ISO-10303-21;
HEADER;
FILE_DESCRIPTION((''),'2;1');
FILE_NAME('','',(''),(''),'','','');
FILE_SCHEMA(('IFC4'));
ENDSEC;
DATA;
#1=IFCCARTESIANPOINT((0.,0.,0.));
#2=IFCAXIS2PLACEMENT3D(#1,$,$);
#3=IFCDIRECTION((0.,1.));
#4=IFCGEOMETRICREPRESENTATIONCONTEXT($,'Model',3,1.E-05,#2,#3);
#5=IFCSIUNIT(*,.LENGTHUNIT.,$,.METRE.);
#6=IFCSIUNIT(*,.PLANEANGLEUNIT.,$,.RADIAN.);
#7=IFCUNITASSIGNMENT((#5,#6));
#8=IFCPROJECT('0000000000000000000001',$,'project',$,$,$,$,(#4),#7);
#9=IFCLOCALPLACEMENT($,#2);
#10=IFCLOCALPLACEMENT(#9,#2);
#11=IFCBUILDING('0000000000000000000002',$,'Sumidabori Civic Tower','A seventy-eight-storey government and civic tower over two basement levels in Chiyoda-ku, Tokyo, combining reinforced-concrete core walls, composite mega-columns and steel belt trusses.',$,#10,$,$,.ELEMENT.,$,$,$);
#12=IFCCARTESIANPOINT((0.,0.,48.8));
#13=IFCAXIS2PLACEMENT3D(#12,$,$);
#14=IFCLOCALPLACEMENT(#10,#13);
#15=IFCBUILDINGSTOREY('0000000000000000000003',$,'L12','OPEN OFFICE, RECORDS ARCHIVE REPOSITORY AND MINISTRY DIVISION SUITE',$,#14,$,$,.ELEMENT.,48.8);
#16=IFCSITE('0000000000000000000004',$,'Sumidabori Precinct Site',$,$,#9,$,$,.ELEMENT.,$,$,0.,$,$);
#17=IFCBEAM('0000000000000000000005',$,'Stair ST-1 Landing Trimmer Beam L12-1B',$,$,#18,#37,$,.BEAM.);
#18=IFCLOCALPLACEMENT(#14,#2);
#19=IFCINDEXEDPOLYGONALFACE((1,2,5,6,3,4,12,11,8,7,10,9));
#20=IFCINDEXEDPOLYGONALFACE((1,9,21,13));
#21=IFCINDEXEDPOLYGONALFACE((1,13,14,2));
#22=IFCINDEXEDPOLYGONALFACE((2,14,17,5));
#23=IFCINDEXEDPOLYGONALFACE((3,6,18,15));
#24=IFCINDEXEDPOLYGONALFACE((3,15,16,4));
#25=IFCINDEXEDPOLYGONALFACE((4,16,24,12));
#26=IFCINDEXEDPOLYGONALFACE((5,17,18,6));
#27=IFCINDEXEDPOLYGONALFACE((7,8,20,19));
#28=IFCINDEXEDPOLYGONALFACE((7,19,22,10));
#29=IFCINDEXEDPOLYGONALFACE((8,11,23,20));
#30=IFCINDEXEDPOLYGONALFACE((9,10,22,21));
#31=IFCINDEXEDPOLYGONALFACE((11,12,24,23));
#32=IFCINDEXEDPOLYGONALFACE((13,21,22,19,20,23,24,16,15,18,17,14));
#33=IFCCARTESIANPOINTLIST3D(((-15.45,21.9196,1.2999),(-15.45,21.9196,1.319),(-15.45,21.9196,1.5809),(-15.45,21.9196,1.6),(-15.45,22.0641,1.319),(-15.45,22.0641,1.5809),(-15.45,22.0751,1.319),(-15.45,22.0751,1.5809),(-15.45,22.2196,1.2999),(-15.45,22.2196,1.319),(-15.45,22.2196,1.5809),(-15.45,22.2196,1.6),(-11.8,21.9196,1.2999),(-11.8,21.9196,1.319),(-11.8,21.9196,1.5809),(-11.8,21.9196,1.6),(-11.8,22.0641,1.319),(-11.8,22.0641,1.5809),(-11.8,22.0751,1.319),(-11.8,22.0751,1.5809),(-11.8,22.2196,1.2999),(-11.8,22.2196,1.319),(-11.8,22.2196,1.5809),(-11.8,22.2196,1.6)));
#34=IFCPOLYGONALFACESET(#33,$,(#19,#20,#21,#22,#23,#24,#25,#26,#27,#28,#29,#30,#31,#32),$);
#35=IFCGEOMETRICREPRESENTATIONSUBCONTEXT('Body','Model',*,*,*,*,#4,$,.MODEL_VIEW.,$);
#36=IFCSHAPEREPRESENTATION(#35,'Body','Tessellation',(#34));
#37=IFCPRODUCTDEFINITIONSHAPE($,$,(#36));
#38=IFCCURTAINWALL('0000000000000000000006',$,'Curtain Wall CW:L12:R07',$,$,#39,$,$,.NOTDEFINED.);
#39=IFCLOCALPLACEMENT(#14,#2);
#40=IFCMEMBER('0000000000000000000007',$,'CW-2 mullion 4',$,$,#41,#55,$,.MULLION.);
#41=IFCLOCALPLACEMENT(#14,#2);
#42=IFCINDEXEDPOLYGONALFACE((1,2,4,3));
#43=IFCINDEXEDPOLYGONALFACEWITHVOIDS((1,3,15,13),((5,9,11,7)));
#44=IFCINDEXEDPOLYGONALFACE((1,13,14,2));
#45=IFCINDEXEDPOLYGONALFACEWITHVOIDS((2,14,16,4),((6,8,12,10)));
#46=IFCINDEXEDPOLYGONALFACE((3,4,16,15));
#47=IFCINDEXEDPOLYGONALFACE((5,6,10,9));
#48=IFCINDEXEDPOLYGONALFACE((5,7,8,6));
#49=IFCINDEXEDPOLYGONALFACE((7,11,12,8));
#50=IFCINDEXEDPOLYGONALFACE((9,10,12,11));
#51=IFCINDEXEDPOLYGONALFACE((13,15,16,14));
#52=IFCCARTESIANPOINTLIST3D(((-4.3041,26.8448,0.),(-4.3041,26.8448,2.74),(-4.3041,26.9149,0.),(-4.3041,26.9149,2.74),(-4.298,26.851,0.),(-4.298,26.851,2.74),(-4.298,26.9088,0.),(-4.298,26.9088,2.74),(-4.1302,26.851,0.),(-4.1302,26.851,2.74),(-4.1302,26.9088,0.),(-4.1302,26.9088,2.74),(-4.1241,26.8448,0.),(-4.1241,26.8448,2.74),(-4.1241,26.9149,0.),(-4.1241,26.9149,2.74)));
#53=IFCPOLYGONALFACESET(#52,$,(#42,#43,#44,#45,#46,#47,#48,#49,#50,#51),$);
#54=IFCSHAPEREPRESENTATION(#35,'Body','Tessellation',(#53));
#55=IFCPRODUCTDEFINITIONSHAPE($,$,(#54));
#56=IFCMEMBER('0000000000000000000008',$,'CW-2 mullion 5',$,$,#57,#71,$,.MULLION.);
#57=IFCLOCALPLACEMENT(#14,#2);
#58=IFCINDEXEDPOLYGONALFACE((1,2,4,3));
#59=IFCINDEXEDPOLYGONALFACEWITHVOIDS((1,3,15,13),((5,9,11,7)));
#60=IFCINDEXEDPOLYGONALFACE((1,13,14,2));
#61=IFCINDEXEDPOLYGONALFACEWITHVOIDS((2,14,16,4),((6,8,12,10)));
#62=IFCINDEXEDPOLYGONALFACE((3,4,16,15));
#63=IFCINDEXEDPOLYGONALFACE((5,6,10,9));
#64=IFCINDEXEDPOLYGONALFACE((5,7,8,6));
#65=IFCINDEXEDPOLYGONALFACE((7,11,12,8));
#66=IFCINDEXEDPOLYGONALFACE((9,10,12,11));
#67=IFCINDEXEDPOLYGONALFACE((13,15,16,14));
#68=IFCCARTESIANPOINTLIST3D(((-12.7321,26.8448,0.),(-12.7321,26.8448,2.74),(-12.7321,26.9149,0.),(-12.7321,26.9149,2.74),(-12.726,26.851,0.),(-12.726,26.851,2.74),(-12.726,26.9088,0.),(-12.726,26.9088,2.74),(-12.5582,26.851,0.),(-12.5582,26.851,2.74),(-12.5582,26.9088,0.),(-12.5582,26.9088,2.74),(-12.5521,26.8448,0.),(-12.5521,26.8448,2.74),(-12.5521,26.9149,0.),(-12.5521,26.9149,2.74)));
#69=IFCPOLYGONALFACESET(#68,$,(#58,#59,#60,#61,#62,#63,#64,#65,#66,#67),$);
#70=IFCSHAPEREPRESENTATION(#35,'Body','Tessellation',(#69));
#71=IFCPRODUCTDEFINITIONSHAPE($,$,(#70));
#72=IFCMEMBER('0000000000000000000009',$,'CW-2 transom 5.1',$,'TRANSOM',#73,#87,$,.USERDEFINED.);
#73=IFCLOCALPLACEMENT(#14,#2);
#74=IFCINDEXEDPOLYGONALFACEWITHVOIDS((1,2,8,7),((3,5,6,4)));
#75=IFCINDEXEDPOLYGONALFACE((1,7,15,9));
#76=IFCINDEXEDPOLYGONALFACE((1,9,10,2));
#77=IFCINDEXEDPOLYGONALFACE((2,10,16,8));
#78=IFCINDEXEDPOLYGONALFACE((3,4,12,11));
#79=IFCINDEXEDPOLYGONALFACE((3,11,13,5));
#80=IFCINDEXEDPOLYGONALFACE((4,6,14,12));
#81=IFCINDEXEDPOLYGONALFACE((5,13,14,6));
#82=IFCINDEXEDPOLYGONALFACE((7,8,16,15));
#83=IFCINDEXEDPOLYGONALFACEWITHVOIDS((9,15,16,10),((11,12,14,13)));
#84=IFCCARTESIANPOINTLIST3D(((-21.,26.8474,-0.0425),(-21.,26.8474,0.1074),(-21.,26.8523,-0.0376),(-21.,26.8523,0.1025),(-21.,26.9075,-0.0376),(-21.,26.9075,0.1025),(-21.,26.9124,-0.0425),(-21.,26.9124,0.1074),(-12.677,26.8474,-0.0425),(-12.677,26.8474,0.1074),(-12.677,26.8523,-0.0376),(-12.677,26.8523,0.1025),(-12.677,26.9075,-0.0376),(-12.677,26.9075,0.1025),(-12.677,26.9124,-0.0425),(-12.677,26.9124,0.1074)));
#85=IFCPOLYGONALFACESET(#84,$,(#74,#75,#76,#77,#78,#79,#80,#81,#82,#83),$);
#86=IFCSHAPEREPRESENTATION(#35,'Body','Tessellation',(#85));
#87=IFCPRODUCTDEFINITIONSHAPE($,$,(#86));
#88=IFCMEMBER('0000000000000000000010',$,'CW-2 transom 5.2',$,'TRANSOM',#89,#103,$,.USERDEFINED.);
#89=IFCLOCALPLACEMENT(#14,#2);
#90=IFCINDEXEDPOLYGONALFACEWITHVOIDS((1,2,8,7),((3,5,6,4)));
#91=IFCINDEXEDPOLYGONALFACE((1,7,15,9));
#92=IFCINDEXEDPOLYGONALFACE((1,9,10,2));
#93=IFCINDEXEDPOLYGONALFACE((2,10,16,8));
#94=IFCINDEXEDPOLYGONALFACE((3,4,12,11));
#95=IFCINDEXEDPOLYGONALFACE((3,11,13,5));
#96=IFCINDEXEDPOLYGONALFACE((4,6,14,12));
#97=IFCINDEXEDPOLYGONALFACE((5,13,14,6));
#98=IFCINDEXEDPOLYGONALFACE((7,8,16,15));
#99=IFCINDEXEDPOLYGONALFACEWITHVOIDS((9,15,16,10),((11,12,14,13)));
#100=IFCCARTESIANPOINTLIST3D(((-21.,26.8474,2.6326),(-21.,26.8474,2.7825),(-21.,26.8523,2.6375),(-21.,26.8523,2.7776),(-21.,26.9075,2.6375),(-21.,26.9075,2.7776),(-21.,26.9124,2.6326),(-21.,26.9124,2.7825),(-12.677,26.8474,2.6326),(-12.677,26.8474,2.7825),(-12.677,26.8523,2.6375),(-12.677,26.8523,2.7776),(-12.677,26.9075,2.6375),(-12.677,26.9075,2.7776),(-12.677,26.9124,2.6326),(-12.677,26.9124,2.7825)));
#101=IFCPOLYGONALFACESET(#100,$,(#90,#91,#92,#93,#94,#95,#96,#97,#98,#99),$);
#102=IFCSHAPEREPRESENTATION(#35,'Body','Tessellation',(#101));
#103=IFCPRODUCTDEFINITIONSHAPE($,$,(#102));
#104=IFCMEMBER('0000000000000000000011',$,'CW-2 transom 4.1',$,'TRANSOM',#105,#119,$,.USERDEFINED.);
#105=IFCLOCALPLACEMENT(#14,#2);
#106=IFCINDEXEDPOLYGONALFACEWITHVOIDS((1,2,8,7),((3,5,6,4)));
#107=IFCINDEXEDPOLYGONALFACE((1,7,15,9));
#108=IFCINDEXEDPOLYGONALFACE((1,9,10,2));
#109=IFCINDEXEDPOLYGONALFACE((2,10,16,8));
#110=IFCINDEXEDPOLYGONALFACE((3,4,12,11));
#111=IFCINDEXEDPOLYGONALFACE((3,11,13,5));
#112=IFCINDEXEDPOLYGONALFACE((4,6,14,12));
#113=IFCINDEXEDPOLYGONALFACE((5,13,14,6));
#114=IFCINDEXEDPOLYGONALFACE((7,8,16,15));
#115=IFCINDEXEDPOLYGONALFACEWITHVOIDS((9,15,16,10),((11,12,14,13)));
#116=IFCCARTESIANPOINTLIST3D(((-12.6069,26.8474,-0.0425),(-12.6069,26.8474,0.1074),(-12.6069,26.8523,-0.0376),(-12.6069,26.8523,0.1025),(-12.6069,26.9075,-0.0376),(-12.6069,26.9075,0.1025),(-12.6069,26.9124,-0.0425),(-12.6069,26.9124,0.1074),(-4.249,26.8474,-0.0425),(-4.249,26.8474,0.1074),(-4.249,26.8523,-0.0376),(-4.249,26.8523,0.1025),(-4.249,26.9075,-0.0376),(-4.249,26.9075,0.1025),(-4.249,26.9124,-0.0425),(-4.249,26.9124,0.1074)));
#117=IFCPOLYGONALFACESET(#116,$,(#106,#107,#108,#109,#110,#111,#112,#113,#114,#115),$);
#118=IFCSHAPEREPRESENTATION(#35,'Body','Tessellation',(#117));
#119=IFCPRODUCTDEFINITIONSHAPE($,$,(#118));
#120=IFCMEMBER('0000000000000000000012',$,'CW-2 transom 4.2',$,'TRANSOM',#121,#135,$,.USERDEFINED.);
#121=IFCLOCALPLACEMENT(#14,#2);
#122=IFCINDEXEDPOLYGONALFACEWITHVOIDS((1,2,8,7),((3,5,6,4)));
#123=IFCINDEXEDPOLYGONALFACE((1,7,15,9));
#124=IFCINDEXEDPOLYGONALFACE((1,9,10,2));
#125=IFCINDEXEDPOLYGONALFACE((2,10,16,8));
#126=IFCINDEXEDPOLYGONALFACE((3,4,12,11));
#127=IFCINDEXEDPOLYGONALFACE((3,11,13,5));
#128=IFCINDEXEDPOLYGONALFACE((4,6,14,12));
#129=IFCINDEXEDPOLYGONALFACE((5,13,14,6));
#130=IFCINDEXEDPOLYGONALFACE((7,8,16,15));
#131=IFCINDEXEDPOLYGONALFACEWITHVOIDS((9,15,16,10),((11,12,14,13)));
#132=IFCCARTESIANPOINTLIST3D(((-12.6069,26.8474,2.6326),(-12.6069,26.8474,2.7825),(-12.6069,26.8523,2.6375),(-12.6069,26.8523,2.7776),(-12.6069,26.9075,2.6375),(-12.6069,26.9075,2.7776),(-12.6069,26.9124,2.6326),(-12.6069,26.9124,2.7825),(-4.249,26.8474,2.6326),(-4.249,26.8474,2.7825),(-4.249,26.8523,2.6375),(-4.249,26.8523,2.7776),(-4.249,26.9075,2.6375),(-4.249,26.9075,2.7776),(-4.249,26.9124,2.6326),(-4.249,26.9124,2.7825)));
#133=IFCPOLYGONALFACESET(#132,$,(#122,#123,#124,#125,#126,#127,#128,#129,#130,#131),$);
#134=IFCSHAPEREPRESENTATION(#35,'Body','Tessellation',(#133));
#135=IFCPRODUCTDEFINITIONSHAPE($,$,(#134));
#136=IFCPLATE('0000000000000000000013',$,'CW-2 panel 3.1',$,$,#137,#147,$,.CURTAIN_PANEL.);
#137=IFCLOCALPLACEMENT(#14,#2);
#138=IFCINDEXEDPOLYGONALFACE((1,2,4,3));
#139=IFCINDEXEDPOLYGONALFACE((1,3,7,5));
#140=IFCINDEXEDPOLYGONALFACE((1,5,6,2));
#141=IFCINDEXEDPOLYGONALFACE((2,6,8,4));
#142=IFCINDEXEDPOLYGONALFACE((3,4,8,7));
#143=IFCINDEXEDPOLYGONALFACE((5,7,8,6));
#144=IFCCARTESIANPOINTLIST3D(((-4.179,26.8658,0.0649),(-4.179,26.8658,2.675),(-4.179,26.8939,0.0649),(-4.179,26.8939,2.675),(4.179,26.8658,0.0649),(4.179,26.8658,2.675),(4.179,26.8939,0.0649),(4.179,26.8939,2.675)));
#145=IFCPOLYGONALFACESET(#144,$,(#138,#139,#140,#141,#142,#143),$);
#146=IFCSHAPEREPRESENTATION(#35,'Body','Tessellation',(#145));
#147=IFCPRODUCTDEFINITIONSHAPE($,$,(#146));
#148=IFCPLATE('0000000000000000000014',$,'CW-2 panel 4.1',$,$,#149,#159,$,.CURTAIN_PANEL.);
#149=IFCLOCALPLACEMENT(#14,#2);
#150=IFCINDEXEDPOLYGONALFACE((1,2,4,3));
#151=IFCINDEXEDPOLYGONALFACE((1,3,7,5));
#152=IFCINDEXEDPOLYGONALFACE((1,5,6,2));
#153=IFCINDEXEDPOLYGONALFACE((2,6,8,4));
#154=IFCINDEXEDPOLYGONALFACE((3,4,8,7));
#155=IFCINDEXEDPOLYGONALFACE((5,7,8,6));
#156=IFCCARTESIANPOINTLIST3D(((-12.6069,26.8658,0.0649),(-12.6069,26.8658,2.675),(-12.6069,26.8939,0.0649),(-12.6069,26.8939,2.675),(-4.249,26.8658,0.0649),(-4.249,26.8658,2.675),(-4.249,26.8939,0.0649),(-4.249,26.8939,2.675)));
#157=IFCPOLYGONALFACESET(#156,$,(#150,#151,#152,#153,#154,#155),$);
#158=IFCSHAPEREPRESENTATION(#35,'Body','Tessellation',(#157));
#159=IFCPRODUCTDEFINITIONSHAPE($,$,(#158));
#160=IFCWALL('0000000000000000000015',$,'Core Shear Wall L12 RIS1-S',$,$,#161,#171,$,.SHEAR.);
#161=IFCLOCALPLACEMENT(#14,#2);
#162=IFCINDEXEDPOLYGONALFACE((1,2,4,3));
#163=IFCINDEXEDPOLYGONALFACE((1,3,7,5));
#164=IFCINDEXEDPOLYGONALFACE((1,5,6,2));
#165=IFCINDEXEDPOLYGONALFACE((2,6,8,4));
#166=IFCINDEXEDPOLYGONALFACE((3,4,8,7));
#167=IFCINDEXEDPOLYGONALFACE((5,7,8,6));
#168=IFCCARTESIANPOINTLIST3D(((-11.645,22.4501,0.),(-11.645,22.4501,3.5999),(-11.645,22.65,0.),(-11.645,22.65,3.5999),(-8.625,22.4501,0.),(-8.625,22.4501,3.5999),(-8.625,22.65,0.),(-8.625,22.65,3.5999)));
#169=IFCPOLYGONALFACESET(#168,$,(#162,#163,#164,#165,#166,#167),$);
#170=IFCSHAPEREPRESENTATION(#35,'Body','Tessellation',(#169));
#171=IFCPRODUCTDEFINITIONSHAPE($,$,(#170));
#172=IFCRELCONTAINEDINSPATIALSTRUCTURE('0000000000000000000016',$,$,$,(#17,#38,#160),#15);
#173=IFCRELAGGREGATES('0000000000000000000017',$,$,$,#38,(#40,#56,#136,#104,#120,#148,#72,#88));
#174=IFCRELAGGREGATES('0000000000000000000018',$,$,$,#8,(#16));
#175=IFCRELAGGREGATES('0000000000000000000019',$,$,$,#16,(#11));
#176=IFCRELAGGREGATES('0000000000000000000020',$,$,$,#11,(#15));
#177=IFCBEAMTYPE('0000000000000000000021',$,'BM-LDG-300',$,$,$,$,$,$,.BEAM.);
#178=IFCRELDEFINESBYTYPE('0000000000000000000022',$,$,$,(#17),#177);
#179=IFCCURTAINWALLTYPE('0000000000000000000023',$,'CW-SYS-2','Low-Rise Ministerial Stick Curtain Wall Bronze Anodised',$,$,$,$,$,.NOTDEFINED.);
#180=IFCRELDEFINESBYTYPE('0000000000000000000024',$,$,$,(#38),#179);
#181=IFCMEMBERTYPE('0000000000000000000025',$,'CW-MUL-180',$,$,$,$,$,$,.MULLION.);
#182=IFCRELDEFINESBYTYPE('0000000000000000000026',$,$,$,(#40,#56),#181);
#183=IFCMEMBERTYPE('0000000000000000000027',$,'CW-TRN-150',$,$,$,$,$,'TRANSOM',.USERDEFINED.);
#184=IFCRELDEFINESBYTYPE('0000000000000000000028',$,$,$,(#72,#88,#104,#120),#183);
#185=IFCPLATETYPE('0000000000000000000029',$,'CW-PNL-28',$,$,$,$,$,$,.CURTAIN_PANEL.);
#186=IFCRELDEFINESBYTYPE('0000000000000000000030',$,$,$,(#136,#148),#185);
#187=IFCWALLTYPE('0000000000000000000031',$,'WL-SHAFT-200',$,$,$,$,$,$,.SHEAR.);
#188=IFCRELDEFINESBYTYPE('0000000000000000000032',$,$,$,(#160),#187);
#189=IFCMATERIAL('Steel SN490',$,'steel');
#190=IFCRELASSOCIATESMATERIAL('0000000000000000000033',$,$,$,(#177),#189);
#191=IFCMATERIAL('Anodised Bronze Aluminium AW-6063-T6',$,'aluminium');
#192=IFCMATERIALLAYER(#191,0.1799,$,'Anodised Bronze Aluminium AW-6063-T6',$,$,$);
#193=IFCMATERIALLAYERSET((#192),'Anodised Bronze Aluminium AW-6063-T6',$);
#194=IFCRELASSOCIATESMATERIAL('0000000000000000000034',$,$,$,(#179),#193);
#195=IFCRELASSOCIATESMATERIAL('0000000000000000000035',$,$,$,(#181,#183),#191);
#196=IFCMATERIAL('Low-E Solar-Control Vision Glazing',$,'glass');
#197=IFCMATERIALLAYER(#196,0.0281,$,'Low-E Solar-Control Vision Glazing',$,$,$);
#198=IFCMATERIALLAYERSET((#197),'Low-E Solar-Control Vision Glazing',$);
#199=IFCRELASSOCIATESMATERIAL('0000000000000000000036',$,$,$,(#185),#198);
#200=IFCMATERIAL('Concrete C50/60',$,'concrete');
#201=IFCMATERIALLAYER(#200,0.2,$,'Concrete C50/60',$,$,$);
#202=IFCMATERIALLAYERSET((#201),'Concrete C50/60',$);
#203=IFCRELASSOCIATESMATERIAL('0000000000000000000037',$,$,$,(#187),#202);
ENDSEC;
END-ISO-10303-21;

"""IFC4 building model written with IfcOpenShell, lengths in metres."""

from ifc_helpers import new_model, si_unit, direction, frame, frame_2d, origin, origin_2d, place, context, subcontext, project, spatial, rectangle, hollow_rectangle, i_section, extrude, source, transform, mapped, material, layer, layer_set, material_profile, profile_set, type_object, element, aggregate, save


model = new_model("IFC4")

# Units and contexts
model_context = context("Model", 3, precision=1e-05, world=origin(), true_north=direction((0.0, 1.0)))
body_context = subcontext(model_context, "Body", "Model", "MODEL_VIEW")
ifc_project = project(units=[si_unit("LENGTHUNIT", "METRE"), si_unit("PLANEANGLEUNIT", "RADIAN")], contexts=[model_context])

# Site, building, storey
site_placement = place(None, origin())
site = spatial("IfcSite", under=ifc_project, at=site_placement, Name="Sumidabori Precinct Site", CompositionType="ELEMENT", RefElevation=0.0)
building_placement = place(site_placement, origin())
building = spatial("IfcBuilding", under=site, at=building_placement, Name="Sumidabori Civic Tower", Description="A seventy-eight-storey government and civic tower over two basement levels in Chiyoda-ku, Tokyo, combining reinforced-concrete core walls, composite mega-columns and steel belt trusses.", CompositionType="ELEMENT")
storey_placement = place(building_placement, frame((0.0, 0.0, 48.8)))
storey = spatial("IfcBuildingStorey", under=building, at=storey_placement, Name="L12", Description="OPEN OFFICE, RECORDS ARCHIVE REPOSITORY AND MINISTRY DIVISION SUITE", CompositionType="ELEMENT", Elevation=48.8)

# Beam
ifc_material_1 = material(Name="Steel SN490", Category="steel")
ifc_material_profile_1 = material_profile(ifc_material_1, i_section(OverallWidth=0.3, OverallDepth=0.3, WebThickness=0.011, FlangeThickness=0.019, at=origin_2d()), Name="HE 300 B")
ifc_profile_set_1 = profile_set([ifc_material_profile_1], Name="Steel SN490")
beam_type = type_object("IfcBeamType", Name="BM-LDG-300", PredefinedType="BEAM", material=ifc_profile_set_1)
shared_shape_1 = source(origin(), body_context, "Body", "SweptSolid", [
    extrude(i_section(OverallWidth=0.3, OverallDepth=0.3, WebThickness=0.011, FlangeThickness=0.019, at=origin_2d()), origin(), (0.0, 0.0, 1.0), 3.6499),
])
beam_placement = place(storey_placement, frame((-15.45, 22.0696, 1.45), z_axis=(1.0, 0.0, 0.0), x_axis=(0.0, 1.0, 0.0)))
element("IfcBeam", 1, at=beam_placement, inside=storey, type_object=beam_type, Name="Stair ST-1 Landing Trimmer Beam L12-1B", PredefinedType="BEAM", context=body_context, shape_type="MappedRepresentation", body=[
    mapped(shared_shape_1, transform((0.0, 0.0, 0.0), x_axis=(1.0, 0.0, 0.0), y_axis=(0.0, 1.0, 0.0), z_axis=(0.0, 0.0, 1.0), scale=1.0)),
])

# Curtain wall, members, plates
ifc_material_2 = material(Name="Anodised Bronze Aluminium AW-6063-T6", Category="aluminium")
ifc_layer_1 = layer(ifc_material_2, 0.1799, Name="Anodised Bronze Aluminium AW-6063-T6")
ifc_layer_set_1 = layer_set([ifc_layer_1], Name="Anodised Bronze Aluminium AW-6063-T6")
curtain_wall_type = type_object("IfcCurtainWallType", Name="CW-SYS-2", Description="Low-Rise Ministerial Stick Curtain Wall Bronze Anodised", PredefinedType="NOTDEFINED", material=ifc_layer_set_1)
curtain_wall_placement = place(storey_placement, origin())
curtain_wall = element("IfcCurtainWall", 2, at=curtain_wall_placement, inside=storey, type_object=curtain_wall_type, Name="Curtain Wall CW:L12:R07", PredefinedType="NOTDEFINED")
ifc_material_profile_2 = material_profile(ifc_material_2, hollow_rectangle(XDim=0.0701, YDim=0.1799, WallThickness=0.0061, at=origin_2d()), Name="ALU MULLION 180x70")
ifc_profile_set_2 = profile_set([ifc_material_profile_2], Name="Anodised Bronze Aluminium AW-6063-T6")
member_type_1 = type_object("IfcMemberType", Name="CW-MUL-180", PredefinedType="MULLION", material=ifc_profile_set_2)
shared_shape_2 = source(origin(), body_context, "Body", "SweptSolid", [
    extrude(hollow_rectangle(XDim=0.0701, YDim=0.1799, WallThickness=0.0061, at=origin_2d()), origin(), (0.0, 0.0, 1.0), 2.74),
])
member_1_placement = place(storey_placement, frame((-4.2141, 26.8799, 0.0), z_axis=(0.0, 0.0, 1.0), x_axis=(0.0, -1.0, 0.0)))
member_1 = element("IfcMember", 3, at=member_1_placement, type_object=member_type_1, Name="CW-2 mullion 4", PredefinedType="MULLION", context=body_context, shape_type="MappedRepresentation", body=[
    mapped(shared_shape_2, transform((0.0, 0.0, 0.0), x_axis=(1.0, 0.0, 0.0), y_axis=(0.0, 1.0, 0.0), z_axis=(0.0, 0.0, 1.0), scale=1.0)),
])
member_2_placement = place(storey_placement, frame((-12.6421, 26.8799, 0.0), z_axis=(0.0, 0.0, 1.0), x_axis=(0.0, -1.0, 0.0)))
member_2 = element("IfcMember", 4, at=member_2_placement, type_object=member_type_1, Name="CW-2 mullion 5", PredefinedType="MULLION", context=body_context, shape_type="MappedRepresentation", body=[
    mapped(shared_shape_2, transform((0.0, 0.0, 0.0), x_axis=(1.0, 0.0, 0.0), y_axis=(0.0, 1.0, 0.0), z_axis=(0.0, 0.0, 1.0), scale=1.0)),
])
ifc_material_profile_3 = material_profile(ifc_material_2, hollow_rectangle(XDim=0.0649, YDim=0.1499, WallThickness=0.0049, at=origin_2d()), Name="ALU TRANSOM 150x65")
ifc_profile_set_3 = profile_set([ifc_material_profile_3], Name="Anodised Bronze Aluminium AW-6063-T6")
member_type_2 = type_object("IfcMemberType", Name="CW-TRN-150", ElementType="TRANSOM", PredefinedType="USERDEFINED", material=ifc_profile_set_3)
shared_shape_3 = source(origin(), body_context, "Body", "SweptSolid", [
    extrude(hollow_rectangle(XDim=0.0649, YDim=0.1499, WallThickness=0.0049, at=origin_2d()), origin(), (0.0, 0.0, 1.0), 8.323),
])
member_3_placement = place(storey_placement, frame((-12.677, 26.8799, 0.0325), z_axis=(-1.0, 0.0, 0.0), x_axis=(0.0, -1.0, 0.0)))
member_3 = element("IfcMember", 5, at=member_3_placement, type_object=member_type_2, Name="CW-2 transom 5.1", ObjectType="TRANSOM", PredefinedType="USERDEFINED", context=body_context, shape_type="MappedRepresentation", body=[
    mapped(shared_shape_3, transform((0.0, 0.0, 0.0), x_axis=(1.0, 0.0, 0.0), y_axis=(0.0, 1.0, 0.0), z_axis=(0.0, 0.0, 1.0), scale=1.0)),
])
member_4_placement = place(storey_placement, frame((-12.677, 26.8799, 2.7075), z_axis=(-1.0, 0.0, 0.0), x_axis=(0.0, -1.0, 0.0)))
member_4 = element("IfcMember", 6, at=member_4_placement, type_object=member_type_2, Name="CW-2 transom 5.2", ObjectType="TRANSOM", PredefinedType="USERDEFINED", context=body_context, shape_type="MappedRepresentation", body=[
    mapped(shared_shape_3, transform((0.0, 0.0, 0.0), x_axis=(1.0, 0.0, 0.0), y_axis=(0.0, 1.0, 0.0), z_axis=(0.0, 0.0, 1.0), scale=1.0)),
])
shared_shape_4 = source(origin(), body_context, "Body", "SweptSolid", [
    extrude(hollow_rectangle(XDim=0.0649, YDim=0.1499, WallThickness=0.0049, at=origin_2d()), origin(), (0.0, 0.0, 1.0), 8.3579),
])
member_5_placement = place(storey_placement, frame((-4.249, 26.8799, 0.0325), z_axis=(-1.0, 0.0, 0.0), x_axis=(0.0, -1.0, 0.0)))
member_5 = element("IfcMember", 7, at=member_5_placement, type_object=member_type_2, Name="CW-2 transom 4.1", ObjectType="TRANSOM", PredefinedType="USERDEFINED", context=body_context, shape_type="MappedRepresentation", body=[
    mapped(shared_shape_4, transform((0.0, 0.0, 0.0), x_axis=(1.0, 0.0, 0.0), y_axis=(0.0, 1.0, 0.0), z_axis=(0.0, 0.0, 1.0), scale=1.0)),
])
member_6_placement = place(storey_placement, frame((-4.249, 26.8799, 2.7075), z_axis=(-1.0, 0.0, 0.0), x_axis=(0.0, -1.0, 0.0)))
member_6 = element("IfcMember", 8, at=member_6_placement, type_object=member_type_2, Name="CW-2 transom 4.2", ObjectType="TRANSOM", PredefinedType="USERDEFINED", context=body_context, shape_type="MappedRepresentation", body=[
    mapped(shared_shape_4, transform((0.0, 0.0, 0.0), x_axis=(1.0, 0.0, 0.0), y_axis=(0.0, 1.0, 0.0), z_axis=(0.0, 0.0, 1.0), scale=1.0)),
])
ifc_material_3 = material(Name="Low-E Solar-Control Vision Glazing", Category="glass")
ifc_layer_2 = layer(ifc_material_3, 0.0281, Name="Low-E Solar-Control Vision Glazing")
ifc_layer_set_2 = layer_set([ifc_layer_2], Name="Low-E Solar-Control Vision Glazing")
plate_type = type_object("IfcPlateType", Name="CW-PNL-28", PredefinedType="CURTAIN_PANEL", material=ifc_layer_set_2)
shared_shape_5 = source(origin(), body_context, "Body", "SweptSolid", [
    extrude(rectangle(XDim=8.3579, YDim=0.0281, at=origin_2d()), origin(), (0.0, 0.0, 1.0), 2.6101),
])
plate_1_placement = place(storey_placement, frame((0.0, 26.8799, 0.0649), z_axis=(0.0, 0.0, 1.0), x_axis=(-1.0, 0.0, 0.0)))
plate_1 = element("IfcPlate", 9, at=plate_1_placement, type_object=plate_type, Name="CW-2 panel 3.1", PredefinedType="CURTAIN_PANEL", context=body_context, shape_type="MappedRepresentation", body=[
    mapped(shared_shape_5, transform((0.0, 0.0, 0.0), x_axis=(1.0, 0.0, 0.0), y_axis=(0.0, 1.0, 0.0), z_axis=(0.0, 0.0, 1.0), scale=1.0)),
])
plate_2_placement = place(storey_placement, frame((-8.428, 26.8799, 0.0649), z_axis=(0.0, 0.0, 1.0), x_axis=(-1.0, 0.0, 0.0)))
plate_2 = element("IfcPlate", 10, at=plate_2_placement, type_object=plate_type, Name="CW-2 panel 4.1", PredefinedType="CURTAIN_PANEL", context=body_context, shape_type="MappedRepresentation", body=[
    mapped(shared_shape_5, transform((0.0, 0.0, 0.0), x_axis=(1.0, 0.0, 0.0), y_axis=(0.0, 1.0, 0.0), z_axis=(0.0, 0.0, 1.0), scale=1.0)),
])
aggregate(curtain_wall, [member_1, member_2, plate_1, member_5, member_6, plate_2, member_3, member_4])

# Wall
ifc_material_4 = material(Name="Concrete C50/60", Category="concrete")
ifc_layer_3 = layer(ifc_material_4, 0.2, Name="Concrete C50/60")
ifc_layer_set_3 = layer_set([ifc_layer_3], Name="Concrete C50/60")
wall_type_1 = type_object("IfcWallType", Name="WL-SHAFT-200", PredefinedType="SHEAR", material=ifc_layer_set_3)
shared_shape_6 = source(origin(), body_context, "Body", "SweptSolid", [
    extrude(rectangle(XDim=3.02, YDim=0.2, at=frame_2d((1.51, 0.0))), origin(), (0.0, 0.0, 1.0), 3.5999),
])
wall_1_placement = place(storey_placement, frame((-11.645, 22.55, 0.0), z_axis=(0.0, 0.0, 1.0), x_axis=(1.0, 0.0, 0.0)))
element("IfcWall", 11, at=wall_1_placement, inside=storey, type_object=wall_type_1, Name="Core Shear Wall L12 RIS1-S", PredefinedType="SHEAR", context=body_context, shape_type="MappedRepresentation", body=[
    mapped(shared_shape_6, transform((0.0, 0.0, 0.0), x_axis=(1.0, 0.0, 0.0), y_axis=(0.0, 1.0, 0.0), z_axis=(0.0, 0.0, 1.0), scale=1.0)),
])

save(model, "model.ifc")
